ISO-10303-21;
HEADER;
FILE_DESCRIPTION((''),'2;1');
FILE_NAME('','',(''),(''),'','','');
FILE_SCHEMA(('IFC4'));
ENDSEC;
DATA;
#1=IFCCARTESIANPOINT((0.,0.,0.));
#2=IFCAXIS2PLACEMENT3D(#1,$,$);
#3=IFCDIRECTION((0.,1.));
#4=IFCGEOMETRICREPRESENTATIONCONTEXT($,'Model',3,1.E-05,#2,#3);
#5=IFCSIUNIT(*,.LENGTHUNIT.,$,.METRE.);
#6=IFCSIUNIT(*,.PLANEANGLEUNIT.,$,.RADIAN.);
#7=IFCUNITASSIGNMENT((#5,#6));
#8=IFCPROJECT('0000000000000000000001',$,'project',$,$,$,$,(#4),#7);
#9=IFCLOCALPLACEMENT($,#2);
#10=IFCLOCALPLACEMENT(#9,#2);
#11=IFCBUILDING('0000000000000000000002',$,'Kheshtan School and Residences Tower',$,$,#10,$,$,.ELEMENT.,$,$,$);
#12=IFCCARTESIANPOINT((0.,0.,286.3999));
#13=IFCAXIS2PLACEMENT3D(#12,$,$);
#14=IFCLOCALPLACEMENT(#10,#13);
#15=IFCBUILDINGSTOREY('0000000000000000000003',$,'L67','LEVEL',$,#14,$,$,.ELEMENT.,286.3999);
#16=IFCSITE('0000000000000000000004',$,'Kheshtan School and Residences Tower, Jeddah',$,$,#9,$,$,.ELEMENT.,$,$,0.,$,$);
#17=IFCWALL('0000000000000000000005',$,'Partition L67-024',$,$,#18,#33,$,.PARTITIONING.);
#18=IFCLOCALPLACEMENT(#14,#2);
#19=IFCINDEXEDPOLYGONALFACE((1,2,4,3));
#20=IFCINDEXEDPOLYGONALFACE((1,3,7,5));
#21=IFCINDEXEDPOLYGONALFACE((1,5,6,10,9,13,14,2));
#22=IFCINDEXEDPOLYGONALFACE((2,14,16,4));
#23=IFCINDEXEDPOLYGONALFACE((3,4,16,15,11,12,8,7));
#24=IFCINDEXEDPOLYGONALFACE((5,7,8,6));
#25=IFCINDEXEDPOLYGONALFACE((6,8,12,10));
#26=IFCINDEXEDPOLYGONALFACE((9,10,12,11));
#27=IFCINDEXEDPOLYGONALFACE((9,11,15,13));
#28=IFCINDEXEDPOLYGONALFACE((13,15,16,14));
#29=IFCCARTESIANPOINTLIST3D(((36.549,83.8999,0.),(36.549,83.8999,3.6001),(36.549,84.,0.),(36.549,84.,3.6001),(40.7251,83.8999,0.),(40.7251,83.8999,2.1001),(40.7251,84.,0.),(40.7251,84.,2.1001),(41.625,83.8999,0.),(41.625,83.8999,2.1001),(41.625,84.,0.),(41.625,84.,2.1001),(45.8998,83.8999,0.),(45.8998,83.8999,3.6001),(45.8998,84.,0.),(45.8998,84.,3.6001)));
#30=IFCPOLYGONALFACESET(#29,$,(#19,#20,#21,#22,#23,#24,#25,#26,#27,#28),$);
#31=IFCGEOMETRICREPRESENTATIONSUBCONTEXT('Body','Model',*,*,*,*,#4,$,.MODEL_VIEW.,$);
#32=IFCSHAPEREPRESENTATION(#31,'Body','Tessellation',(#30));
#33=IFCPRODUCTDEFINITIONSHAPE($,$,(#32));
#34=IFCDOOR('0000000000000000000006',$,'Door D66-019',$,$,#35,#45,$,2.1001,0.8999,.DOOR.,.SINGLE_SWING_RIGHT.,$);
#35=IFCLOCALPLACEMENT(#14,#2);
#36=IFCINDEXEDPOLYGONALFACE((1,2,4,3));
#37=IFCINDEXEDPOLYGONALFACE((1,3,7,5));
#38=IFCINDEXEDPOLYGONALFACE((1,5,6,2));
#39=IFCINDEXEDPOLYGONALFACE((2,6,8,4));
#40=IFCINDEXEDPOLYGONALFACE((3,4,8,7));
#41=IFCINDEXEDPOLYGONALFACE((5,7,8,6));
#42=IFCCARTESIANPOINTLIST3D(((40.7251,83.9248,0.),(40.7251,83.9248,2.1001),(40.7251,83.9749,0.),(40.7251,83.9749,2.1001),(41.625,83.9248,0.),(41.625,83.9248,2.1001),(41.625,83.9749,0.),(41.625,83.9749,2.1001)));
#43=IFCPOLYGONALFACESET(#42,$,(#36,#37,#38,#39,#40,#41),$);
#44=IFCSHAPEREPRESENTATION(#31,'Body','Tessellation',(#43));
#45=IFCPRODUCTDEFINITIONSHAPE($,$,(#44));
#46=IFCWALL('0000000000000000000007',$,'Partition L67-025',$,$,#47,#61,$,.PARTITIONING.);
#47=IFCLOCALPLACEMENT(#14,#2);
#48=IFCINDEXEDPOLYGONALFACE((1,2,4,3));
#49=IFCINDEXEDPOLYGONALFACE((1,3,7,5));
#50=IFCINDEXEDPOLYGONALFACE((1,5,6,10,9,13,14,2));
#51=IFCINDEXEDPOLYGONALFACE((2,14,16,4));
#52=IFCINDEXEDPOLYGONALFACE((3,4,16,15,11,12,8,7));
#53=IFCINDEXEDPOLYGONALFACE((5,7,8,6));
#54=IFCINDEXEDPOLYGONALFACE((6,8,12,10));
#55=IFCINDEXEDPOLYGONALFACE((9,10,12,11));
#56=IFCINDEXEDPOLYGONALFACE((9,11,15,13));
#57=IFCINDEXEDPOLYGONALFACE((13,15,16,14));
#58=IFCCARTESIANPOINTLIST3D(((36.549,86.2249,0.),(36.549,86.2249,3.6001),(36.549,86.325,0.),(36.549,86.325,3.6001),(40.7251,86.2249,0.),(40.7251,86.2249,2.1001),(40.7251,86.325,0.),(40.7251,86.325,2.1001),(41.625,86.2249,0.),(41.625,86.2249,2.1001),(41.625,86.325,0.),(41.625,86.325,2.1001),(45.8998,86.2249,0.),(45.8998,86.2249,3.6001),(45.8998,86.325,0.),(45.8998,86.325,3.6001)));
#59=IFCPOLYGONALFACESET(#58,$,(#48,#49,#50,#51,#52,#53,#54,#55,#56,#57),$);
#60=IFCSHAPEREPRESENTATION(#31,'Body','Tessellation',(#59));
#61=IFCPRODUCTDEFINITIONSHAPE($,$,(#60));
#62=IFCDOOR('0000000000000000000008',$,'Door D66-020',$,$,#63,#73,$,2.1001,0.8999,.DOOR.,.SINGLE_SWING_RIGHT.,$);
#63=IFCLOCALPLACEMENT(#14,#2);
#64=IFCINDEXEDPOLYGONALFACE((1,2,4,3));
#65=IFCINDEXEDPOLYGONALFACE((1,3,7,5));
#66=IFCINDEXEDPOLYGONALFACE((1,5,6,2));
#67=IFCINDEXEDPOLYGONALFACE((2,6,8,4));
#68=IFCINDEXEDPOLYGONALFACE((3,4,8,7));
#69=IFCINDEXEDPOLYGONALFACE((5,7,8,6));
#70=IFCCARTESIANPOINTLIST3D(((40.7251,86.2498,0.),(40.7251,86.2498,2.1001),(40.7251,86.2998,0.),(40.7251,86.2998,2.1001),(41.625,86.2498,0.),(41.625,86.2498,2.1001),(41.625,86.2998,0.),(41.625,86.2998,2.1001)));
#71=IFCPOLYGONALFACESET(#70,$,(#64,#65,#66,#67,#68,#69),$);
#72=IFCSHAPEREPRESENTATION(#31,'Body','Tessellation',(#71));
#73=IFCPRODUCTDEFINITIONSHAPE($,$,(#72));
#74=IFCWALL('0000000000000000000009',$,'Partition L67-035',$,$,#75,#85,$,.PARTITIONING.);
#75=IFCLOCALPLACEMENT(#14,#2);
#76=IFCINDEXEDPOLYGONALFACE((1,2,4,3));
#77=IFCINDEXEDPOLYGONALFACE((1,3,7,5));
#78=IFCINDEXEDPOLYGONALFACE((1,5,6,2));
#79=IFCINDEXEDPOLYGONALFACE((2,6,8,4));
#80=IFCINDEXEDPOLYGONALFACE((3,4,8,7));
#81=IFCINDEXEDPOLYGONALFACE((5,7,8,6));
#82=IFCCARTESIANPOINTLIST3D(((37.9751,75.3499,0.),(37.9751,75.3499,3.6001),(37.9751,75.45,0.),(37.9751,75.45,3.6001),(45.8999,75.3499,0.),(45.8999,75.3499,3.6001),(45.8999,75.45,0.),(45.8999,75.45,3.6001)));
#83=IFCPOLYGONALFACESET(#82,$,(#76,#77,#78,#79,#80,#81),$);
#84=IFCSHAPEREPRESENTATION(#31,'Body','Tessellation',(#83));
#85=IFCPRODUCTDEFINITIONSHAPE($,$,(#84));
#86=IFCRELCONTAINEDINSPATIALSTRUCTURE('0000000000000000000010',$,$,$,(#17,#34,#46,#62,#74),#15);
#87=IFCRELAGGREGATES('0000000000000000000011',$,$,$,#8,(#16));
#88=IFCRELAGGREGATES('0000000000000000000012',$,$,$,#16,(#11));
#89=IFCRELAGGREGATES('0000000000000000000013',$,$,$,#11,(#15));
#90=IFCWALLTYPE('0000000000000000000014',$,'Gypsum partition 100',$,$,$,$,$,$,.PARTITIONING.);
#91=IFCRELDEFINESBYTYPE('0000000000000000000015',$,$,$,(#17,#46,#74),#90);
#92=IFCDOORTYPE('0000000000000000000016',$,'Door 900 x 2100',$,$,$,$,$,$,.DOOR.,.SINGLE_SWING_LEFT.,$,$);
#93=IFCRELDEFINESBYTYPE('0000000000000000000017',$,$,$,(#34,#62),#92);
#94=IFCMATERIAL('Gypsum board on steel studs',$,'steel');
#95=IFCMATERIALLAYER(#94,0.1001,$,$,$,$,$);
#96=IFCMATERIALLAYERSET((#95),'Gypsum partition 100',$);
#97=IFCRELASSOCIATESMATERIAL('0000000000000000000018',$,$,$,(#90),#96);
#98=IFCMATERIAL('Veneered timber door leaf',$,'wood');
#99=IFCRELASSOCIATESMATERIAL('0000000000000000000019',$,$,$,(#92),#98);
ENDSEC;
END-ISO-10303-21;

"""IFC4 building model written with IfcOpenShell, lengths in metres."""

from ifc_helpers import new_model, si_unit, direction, frame, frame_2d, origin, place, context, subcontext, project, spatial, rectangle, extrude, source, transform, mapped, material, layer, layer_set, type_object, element, fill, save


model = new_model("IFC4")

# Units and contexts
model_context = context("Model", 3, precision=1e-05, world=origin(), true_north=direction((0.0, 1.0)))
body_context = subcontext(model_context, "Body", "Model", "MODEL_VIEW")
ifc_project = project(units=[si_unit("LENGTHUNIT", "METRE"), si_unit("PLANEANGLEUNIT", "RADIAN")], contexts=[model_context])

# Site, building, storey
site_placement = place(None, origin())
site = spatial("IfcSite", under=ifc_project, at=site_placement, Name="Kheshtan School and Residences Tower, Jeddah", CompositionType="ELEMENT", RefElevation=0.0)
building_placement = place(site_placement, origin())
building = spatial("IfcBuilding", under=site, at=building_placement, Name="Kheshtan School and Residences Tower", CompositionType="ELEMENT")
storey_placement = place(building_placement, frame((0.0, 0.0, 286.3999)))
storey = spatial("IfcBuildingStorey", under=building, at=storey_placement, Name="L67", Description="LEVEL", CompositionType="ELEMENT", Elevation=286.3999)

# Walls, openings, doors
ifc_material_1 = material(Name="Gypsum board on steel studs", Category="steel")
ifc_layer_1 = layer(ifc_material_1, 0.1001)
ifc_layer_set_1 = layer_set([ifc_layer_1], Name="Gypsum partition 100")
wall_type_1 = type_object("IfcWallType", Name="Gypsum partition 100", PredefinedType="PARTITIONING", material=ifc_layer_set_1)
ifc_material_2 = material(Name="Veneered timber door leaf", Category="wood")
door_type_1 = type_object("IfcDoorType", Name="Door 900 x 2100", OperationType="SINGLE_SWING_LEFT", PredefinedType="DOOR", material=ifc_material_2)
shared_shape_1 = source(origin(), body_context, "Body", "SweptSolid", [
    extrude(rectangle(XDim=0.8999, YDim=2.1001, at=frame_2d((0.45, 1.05))), frame((0.0, 0.0249, 0.0), z_axis=(0.0, -1.0, 0.0), x_axis=(1.0, 0.0, 0.0)), (0.0, 0.0, 1.0), 0.05),
])
wall_1_placement = place(storey_placement, frame((36.5491, 83.95, 0.0), z_axis=(0.0, 0.0, 1.0), x_axis=(1.0, 0.0, 0.0)))
wall_1 = element("IfcWall", 1, at=wall_1_placement, inside=storey, type_object=wall_type_1, Name="Partition L67-024", PredefinedType="PARTITIONING", context=body_context, shape_type="SweptSolid", body=[
    extrude(rectangle(XDim=9.3508, YDim=0.1001, at=frame_2d((4.6753, 0.0))), origin(), (0.0, 0.0, 1.0), 3.6001),
])
opening_1_placement = place(wall_1_placement, frame((4.176, 0.0, 0.0)))
opening_1 = element("IfcOpeningElement", 2, at=opening_1_placement, cuts=wall_1, PredefinedType="OPENING", context=body_context, shape_type="SweptSolid", body=[
    extrude(rectangle(XDim=0.8999, YDim=2.1001, at=frame_2d((0.45, 1.05))), frame((0.0, 0.0601, 0.0), z_axis=(0.0, -1.0, 0.0), x_axis=(1.0, 0.0, 0.0)), (0.0, 0.0, 1.0), 0.1201),
])
door_1_placement = place(opening_1_placement, origin())
door_1 = element("IfcDoor", 3, at=door_1_placement, inside=storey, type_object=door_type_1, Name="Door D66-019", OperationType="SINGLE_SWING_RIGHT", OverallHeight=2.1001, OverallWidth=0.8999, PredefinedType="DOOR", context=body_context, shape_type="MappedRepresentation", body=[
    mapped(shared_shape_1, transform((0.0, 0.0, 0.0), x_axis=(1.0, 0.0, 0.0), y_axis=(0.0, 1.0, 0.0), z_axis=(0.0, 0.0, 1.0), scale=1.0)),
])
fill(opening_1, door_1)
wall_2_placement = place(storey_placement, frame((36.5491, 86.2749, 0.0), z_axis=(0.0, 0.0, 1.0), x_axis=(1.0, 0.0, 0.0)))
wall_2 = element("IfcWall", 4, at=wall_2_placement, inside=storey, type_object=wall_type_1, Name="Partition L67-025", PredefinedType="PARTITIONING", context=body_context, shape_type="SweptSolid", body=[
    extrude(rectangle(XDim=9.3508, YDim=0.1001, at=frame_2d((4.6753, 0.0))), origin(), (0.0, 0.0, 1.0), 3.6001),
])
opening_2_placement = place(wall_2_placement, frame((4.176, 0.0, 0.0)))
opening_2 = element("IfcOpeningElement", 5, at=opening_2_placement, cuts=wall_2, PredefinedType="OPENING", context=body_context, shape_type="SweptSolid", body=[
    extrude(rectangle(XDim=0.8999, YDim=2.1001, at=frame_2d((0.45, 1.05))), frame((0.0, 0.0601, 0.0), z_axis=(0.0, -1.0, 0.0), x_axis=(1.0, 0.0, 0.0)), (0.0, 0.0, 1.0), 0.1201),
])
door_2_placement = place(opening_2_placement, origin())
door_2 = element("IfcDoor", 6, at=door_2_placement, inside=storey, type_object=door_type_1, Name="Door D66-020", OperationType="SINGLE_SWING_RIGHT", OverallHeight=2.1001, OverallWidth=0.8999, PredefinedType="DOOR", context=body_context, shape_type="MappedRepresentation", body=[
    mapped(shared_shape_1, transform((0.0, 0.0, 0.0), x_axis=(1.0, 0.0, 0.0), y_axis=(0.0, 1.0, 0.0), z_axis=(0.0, 0.0, 1.0), scale=1.0)),
])
fill(opening_2, door_2)

# Wall
wall_3_placement = place(storey_placement, frame((37.9751, 75.3999, 0.0), z_axis=(0.0, 0.0, 1.0), x_axis=(1.0, 0.0, 0.0)))
element("IfcWall", 7, at=wall_3_placement, inside=storey, type_object=wall_type_1, Name="Partition L67-035", PredefinedType="PARTITIONING", context=body_context, shape_type="SweptSolid", body=[
    extrude(rectangle(XDim=7.9248, YDim=0.1001, at=frame_2d((3.9624, 0.0))), origin(), (0.0, 0.0, 1.0), 3.6001),
])

save(model, "model.ifc")
